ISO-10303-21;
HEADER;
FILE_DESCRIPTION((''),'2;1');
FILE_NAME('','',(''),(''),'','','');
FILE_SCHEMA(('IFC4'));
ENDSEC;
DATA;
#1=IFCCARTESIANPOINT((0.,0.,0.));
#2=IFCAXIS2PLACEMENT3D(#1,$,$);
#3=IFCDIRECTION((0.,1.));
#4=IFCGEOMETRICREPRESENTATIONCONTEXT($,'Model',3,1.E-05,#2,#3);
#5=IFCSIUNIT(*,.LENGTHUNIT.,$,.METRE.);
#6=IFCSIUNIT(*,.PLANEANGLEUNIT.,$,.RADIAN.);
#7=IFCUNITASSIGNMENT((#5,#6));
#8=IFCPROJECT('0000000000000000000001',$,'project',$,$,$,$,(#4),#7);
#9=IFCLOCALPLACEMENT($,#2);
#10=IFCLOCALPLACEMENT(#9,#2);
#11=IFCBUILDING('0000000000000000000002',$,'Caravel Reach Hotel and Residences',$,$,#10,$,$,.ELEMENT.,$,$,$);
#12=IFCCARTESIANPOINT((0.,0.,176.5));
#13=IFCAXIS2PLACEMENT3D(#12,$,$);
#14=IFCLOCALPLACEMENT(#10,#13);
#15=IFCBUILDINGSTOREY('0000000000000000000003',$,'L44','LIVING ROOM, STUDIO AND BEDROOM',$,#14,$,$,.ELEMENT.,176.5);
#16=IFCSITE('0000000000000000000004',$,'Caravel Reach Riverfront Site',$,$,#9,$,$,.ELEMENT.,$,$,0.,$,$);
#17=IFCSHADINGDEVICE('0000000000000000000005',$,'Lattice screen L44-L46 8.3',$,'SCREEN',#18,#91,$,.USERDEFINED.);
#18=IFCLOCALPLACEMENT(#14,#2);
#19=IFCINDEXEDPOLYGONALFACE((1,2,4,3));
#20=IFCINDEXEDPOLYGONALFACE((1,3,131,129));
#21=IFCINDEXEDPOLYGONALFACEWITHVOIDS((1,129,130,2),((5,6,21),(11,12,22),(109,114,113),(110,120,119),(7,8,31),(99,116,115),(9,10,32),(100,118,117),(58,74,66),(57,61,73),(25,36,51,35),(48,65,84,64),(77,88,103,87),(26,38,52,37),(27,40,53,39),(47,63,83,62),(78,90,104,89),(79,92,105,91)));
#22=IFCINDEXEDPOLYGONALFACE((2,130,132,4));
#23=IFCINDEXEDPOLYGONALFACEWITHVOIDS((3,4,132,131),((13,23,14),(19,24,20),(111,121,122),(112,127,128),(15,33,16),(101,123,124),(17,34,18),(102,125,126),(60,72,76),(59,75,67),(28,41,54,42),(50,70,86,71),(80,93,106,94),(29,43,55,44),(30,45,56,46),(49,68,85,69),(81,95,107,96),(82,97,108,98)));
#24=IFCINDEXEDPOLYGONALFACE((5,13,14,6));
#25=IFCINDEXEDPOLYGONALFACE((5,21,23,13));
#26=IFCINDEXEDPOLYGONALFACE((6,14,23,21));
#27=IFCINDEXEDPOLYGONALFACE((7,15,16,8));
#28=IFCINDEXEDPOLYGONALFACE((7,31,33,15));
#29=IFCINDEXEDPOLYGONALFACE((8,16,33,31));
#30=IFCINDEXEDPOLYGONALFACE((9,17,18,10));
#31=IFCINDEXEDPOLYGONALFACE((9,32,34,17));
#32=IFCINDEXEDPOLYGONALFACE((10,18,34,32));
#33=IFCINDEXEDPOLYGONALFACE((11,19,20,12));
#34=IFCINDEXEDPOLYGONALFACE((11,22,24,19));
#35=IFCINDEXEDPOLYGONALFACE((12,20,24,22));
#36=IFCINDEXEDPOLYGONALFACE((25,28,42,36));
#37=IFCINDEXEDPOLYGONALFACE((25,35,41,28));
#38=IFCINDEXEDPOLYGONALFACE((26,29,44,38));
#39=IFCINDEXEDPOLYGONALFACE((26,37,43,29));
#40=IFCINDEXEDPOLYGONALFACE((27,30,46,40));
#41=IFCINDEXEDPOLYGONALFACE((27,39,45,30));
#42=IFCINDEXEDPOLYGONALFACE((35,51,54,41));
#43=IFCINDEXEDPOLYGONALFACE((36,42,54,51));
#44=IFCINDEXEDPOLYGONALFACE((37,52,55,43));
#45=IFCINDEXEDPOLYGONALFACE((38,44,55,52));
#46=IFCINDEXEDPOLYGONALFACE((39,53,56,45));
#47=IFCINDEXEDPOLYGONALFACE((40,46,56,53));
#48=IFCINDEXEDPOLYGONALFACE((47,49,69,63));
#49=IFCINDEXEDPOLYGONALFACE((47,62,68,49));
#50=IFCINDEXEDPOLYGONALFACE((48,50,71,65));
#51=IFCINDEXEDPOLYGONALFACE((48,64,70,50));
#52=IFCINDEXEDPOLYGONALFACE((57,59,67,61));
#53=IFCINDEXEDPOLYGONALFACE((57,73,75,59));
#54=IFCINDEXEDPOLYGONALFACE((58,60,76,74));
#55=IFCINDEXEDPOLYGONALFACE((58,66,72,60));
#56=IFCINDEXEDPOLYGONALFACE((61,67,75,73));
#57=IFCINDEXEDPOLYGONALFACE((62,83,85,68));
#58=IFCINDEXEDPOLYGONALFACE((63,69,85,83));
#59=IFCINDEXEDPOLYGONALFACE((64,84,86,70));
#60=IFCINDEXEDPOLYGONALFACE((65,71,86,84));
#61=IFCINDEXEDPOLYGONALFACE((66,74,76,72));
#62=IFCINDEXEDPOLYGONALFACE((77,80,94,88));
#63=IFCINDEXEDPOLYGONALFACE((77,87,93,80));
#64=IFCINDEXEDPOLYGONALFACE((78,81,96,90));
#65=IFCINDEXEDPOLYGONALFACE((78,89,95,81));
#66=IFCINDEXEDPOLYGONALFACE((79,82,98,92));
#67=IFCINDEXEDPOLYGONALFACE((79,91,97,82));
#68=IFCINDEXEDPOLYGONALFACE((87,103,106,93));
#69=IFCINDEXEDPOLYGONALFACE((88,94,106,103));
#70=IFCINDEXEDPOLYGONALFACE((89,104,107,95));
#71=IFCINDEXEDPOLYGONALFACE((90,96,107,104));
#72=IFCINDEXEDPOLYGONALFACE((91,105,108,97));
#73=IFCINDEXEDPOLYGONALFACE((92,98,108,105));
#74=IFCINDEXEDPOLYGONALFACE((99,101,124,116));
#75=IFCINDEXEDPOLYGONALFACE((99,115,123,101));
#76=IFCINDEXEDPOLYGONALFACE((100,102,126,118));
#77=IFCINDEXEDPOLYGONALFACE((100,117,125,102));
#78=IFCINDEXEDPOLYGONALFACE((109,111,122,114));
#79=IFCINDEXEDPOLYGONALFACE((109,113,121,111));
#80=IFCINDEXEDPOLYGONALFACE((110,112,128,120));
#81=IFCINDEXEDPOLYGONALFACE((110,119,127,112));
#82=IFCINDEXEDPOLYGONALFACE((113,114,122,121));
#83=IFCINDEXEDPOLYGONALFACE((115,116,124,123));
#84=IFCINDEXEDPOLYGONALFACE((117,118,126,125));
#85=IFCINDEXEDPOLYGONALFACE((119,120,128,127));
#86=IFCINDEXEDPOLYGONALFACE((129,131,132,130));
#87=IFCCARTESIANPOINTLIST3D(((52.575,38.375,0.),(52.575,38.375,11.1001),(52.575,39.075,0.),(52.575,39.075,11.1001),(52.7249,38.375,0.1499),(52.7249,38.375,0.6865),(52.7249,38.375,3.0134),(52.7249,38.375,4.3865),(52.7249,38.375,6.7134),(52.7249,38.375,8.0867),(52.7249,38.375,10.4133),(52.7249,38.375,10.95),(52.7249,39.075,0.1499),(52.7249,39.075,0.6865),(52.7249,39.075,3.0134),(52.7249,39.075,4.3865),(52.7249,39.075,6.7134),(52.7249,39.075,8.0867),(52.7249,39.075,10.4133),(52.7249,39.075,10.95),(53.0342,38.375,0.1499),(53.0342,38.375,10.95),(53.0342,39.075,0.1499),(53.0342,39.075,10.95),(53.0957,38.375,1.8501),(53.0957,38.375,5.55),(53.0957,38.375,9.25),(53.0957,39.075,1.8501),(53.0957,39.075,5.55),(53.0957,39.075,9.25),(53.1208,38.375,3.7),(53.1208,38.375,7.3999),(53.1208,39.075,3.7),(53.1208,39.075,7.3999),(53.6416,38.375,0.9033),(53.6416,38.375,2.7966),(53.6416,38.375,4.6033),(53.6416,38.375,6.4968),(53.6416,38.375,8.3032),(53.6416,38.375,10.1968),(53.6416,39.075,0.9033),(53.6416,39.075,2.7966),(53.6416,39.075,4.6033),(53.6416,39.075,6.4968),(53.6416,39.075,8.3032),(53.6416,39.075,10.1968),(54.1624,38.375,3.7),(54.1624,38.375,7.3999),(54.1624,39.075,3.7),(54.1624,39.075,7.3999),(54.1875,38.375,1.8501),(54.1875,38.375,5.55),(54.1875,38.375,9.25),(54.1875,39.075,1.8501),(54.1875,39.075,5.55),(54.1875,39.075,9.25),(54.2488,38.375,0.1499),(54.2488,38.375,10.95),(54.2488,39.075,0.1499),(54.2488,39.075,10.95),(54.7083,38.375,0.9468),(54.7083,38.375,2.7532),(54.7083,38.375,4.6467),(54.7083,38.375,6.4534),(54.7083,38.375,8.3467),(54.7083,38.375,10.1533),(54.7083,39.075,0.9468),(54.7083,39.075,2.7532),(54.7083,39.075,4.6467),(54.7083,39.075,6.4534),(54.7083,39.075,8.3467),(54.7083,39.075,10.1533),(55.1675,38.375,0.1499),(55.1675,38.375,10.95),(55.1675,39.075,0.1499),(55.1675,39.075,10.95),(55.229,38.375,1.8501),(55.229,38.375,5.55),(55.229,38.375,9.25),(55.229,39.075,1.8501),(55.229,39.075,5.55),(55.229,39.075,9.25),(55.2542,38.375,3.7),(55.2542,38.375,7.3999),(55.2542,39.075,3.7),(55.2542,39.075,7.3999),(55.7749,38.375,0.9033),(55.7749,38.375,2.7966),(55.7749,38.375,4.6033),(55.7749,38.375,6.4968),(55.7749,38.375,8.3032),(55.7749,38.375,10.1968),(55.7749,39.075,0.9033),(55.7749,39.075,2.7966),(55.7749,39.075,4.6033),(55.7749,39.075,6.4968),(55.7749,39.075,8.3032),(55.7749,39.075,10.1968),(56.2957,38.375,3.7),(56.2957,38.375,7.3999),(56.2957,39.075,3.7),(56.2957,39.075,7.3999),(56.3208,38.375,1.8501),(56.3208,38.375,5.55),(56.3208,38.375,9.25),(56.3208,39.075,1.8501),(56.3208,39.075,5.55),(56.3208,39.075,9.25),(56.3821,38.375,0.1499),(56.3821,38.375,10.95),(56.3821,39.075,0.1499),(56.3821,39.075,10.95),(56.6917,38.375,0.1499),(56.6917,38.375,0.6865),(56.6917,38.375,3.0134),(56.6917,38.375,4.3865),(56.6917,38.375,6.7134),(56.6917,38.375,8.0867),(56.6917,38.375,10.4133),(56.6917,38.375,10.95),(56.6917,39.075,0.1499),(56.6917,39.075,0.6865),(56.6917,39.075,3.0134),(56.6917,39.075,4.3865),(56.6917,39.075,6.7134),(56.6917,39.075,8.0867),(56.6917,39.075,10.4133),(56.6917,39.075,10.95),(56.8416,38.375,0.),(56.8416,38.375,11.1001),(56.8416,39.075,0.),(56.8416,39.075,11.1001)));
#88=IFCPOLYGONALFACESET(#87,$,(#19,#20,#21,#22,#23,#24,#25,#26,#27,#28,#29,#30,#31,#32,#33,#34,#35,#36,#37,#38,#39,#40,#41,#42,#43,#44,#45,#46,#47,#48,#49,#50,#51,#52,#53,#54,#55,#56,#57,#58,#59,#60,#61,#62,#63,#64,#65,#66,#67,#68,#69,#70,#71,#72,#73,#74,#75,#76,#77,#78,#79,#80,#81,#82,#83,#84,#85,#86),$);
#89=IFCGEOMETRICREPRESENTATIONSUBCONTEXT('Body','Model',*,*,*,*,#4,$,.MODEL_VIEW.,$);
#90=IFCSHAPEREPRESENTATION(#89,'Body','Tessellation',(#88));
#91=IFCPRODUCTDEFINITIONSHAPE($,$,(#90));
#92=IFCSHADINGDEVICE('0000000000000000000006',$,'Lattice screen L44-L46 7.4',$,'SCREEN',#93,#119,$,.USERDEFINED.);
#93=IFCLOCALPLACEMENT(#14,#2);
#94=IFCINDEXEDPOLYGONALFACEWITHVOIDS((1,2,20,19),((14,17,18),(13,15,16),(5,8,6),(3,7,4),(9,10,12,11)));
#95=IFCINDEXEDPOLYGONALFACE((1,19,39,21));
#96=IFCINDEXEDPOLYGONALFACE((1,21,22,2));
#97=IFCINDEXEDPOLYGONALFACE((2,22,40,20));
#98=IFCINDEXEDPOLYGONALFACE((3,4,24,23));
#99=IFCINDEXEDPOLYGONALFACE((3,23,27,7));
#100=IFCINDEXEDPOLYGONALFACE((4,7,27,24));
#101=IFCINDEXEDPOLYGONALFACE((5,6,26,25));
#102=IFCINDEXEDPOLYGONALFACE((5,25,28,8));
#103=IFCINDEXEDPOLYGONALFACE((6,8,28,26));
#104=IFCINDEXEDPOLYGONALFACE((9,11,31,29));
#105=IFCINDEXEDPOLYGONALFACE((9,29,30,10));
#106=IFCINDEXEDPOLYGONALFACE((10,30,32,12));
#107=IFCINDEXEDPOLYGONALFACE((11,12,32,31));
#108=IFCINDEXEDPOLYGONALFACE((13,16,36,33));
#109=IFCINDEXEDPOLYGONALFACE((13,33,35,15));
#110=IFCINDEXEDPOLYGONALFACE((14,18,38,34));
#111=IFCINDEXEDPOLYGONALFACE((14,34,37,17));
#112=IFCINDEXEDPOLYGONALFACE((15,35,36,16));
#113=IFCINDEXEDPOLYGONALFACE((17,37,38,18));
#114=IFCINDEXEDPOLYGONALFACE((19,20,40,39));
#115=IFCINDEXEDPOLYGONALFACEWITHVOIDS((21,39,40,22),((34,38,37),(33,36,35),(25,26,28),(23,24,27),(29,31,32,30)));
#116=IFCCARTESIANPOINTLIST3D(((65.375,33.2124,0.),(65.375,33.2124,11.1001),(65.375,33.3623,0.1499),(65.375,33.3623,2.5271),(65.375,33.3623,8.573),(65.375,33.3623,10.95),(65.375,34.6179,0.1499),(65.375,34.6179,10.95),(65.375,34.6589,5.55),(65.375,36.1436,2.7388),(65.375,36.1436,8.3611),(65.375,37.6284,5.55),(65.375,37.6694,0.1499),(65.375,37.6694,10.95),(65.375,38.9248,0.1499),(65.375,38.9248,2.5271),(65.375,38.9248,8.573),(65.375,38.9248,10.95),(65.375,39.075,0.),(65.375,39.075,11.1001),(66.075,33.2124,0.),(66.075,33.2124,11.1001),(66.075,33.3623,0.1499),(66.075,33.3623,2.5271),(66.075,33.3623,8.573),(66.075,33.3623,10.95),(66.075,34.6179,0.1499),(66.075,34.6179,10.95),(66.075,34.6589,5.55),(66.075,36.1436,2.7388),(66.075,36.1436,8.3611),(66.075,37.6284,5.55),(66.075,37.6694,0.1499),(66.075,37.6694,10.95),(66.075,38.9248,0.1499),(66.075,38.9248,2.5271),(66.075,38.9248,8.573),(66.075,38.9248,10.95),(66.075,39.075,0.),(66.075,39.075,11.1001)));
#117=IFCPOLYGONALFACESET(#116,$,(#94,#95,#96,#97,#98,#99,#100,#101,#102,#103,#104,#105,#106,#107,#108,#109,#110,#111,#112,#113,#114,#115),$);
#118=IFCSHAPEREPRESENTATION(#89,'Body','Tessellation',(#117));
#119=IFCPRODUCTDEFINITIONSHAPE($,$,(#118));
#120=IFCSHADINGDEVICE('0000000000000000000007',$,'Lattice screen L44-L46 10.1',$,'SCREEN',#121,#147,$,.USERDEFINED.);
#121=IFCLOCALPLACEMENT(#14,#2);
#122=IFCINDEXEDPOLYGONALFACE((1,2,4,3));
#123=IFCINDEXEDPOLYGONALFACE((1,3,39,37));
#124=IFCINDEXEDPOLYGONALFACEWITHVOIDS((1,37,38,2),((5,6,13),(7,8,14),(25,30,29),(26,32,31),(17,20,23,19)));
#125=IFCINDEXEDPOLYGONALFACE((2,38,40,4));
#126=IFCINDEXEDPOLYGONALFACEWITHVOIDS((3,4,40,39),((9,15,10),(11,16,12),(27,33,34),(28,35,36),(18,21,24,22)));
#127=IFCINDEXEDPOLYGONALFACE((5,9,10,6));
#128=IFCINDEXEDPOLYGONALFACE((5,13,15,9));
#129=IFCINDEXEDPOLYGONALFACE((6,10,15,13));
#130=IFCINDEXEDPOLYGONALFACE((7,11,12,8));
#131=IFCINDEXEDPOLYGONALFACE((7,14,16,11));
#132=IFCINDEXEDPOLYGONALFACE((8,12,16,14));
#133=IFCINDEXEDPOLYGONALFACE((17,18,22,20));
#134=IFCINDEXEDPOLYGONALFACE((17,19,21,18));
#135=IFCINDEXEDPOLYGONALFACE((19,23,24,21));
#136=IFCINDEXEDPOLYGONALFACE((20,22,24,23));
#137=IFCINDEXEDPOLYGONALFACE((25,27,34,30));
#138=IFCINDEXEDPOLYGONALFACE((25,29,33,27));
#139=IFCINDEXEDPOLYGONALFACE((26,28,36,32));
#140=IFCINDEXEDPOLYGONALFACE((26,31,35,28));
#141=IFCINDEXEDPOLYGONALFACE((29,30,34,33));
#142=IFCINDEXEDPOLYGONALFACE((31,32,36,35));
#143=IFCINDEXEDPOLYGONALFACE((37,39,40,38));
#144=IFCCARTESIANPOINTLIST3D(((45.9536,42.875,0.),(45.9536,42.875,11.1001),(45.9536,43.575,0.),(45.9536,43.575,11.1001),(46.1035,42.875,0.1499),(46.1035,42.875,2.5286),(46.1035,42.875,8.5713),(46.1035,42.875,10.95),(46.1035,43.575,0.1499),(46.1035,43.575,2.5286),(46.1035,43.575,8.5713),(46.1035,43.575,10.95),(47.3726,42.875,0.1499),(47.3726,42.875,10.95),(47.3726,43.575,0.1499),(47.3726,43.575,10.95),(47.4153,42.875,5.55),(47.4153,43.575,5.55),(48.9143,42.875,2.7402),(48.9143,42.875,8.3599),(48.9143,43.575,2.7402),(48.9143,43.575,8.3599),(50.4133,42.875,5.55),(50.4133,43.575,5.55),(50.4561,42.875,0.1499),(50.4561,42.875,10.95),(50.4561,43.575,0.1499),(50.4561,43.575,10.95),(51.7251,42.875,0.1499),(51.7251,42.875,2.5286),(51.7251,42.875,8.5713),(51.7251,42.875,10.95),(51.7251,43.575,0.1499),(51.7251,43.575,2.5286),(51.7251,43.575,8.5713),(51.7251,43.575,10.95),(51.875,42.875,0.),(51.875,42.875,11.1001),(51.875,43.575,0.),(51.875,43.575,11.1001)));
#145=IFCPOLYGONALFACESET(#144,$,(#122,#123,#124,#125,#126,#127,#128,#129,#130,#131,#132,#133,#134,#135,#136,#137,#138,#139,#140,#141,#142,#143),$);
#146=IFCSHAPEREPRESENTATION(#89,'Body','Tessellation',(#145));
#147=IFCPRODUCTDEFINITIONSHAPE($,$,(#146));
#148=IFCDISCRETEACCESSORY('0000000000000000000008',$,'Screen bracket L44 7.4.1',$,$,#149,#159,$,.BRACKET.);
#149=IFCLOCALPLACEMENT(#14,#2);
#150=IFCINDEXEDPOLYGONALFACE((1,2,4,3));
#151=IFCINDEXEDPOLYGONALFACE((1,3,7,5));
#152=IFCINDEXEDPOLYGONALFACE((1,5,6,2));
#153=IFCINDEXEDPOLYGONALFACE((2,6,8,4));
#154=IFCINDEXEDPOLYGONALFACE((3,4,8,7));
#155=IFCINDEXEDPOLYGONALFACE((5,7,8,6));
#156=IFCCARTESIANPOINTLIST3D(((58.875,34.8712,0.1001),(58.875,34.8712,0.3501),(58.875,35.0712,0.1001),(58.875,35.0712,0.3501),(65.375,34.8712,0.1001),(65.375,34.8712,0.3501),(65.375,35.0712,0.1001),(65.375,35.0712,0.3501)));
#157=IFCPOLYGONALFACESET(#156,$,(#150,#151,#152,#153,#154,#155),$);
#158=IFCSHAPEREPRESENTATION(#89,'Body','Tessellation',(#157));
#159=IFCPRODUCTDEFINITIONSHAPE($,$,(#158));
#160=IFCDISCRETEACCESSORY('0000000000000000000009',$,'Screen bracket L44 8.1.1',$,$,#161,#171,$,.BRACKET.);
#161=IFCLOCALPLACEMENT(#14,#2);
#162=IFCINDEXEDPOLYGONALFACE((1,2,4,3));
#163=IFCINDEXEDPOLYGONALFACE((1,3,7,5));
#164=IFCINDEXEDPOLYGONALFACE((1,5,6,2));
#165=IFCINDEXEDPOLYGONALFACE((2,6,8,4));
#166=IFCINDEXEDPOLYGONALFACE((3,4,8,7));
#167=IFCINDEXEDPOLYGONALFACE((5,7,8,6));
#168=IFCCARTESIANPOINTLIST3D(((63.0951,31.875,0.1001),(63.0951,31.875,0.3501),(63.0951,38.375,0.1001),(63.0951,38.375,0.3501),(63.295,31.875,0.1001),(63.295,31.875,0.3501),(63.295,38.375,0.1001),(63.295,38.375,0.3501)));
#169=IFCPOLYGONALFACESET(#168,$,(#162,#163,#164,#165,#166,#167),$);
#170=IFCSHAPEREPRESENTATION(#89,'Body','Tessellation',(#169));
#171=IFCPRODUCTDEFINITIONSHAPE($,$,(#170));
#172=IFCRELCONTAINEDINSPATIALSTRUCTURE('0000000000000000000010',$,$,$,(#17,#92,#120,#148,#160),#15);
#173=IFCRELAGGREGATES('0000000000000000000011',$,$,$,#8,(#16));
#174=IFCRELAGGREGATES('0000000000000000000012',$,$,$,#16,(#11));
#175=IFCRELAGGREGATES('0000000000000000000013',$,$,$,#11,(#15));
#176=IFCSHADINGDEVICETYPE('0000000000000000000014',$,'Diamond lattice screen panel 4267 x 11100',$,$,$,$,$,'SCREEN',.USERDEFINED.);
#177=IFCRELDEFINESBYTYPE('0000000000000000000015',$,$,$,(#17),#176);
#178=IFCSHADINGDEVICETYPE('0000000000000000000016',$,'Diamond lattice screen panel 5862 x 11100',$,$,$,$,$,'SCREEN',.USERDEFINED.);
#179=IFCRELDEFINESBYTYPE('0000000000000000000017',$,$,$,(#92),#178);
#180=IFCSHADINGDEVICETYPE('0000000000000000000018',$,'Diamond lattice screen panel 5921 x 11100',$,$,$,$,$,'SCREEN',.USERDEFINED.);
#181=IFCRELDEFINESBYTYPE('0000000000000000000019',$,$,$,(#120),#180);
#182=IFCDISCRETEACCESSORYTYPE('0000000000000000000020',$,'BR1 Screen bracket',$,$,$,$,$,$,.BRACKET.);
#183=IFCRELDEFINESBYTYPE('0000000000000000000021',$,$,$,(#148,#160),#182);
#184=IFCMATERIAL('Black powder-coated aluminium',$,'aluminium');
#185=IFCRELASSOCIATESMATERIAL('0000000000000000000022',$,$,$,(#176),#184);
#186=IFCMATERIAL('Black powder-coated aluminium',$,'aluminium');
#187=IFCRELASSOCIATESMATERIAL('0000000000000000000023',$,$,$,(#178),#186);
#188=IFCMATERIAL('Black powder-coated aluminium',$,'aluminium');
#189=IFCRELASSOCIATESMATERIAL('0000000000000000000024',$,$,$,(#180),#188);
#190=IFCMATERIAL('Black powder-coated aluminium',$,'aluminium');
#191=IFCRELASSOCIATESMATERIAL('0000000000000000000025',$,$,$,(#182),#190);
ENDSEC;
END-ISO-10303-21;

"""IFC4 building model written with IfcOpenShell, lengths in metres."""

from ifc_helpers import new_model, si_unit, direction, frame, origin, origin_2d, place, context, subcontext, project, spatial, polyline, rectangle, outline, extrude, material, type_object, element, save


model = new_model("IFC4")

# Units and contexts
model_context = context("Model", 3, precision=1e-05, world=origin(), true_north=direction((0.0, 1.0)))
body_context = subcontext(model_context, "Body", "Model", "MODEL_VIEW")
ifc_project = project(units=[si_unit("LENGTHUNIT", "METRE"), si_unit("PLANEANGLEUNIT", "RADIAN")], contexts=[model_context])

# Site, building, storey
site_placement = place(None, origin())
site = spatial("IfcSite", under=ifc_project, at=site_placement, Name="Caravel Reach Riverfront Site", CompositionType="ELEMENT", RefElevation=0.0)
building_placement = place(site_placement, origin())
building = spatial("IfcBuilding", under=site, at=building_placement, Name="Caravel Reach Hotel and Residences", CompositionType="ELEMENT")
storey_placement = place(building_placement, frame((0.0, 0.0, 176.5)))
storey = spatial("IfcBuildingStorey", under=building, at=storey_placement, Name="L44", Description="LIVING ROOM, STUDIO AND BEDROOM", CompositionType="ELEMENT", Elevation=176.5)

# Shading devices
ifc_material_1 = material(Name="Black powder-coated aluminium", Category="aluminium")
shading_device_type_1 = type_object("IfcShadingDeviceType", Name="Diamond lattice screen panel 4267 x 11100", ElementType="SCREEN", PredefinedType="USERDEFINED", material=ifc_material_1)
shading_device_1_placement = place(storey_placement, frame((56.8416, 38.375, 0.0), z_axis=(0.0, 1.0, 0.0), x_axis=(-1.0, 0.0, 0.0)))
element("IfcShadingDevice", 1, at=shading_device_1_placement, inside=storey, type_object=shading_device_type_1, Name="Lattice screen L44-L46 8.3", ObjectType="SCREEN", PredefinedType="USERDEFINED", context=body_context, shape_type="SweptSolid", body=[
    extrude(outline(polyline([(0.0, 0.0), (4.2666, 0.0), (4.2666, 11.1001), (0.0, 11.1001), (0.0, 0.0)]), holes=[polyline([(0.4595, 0.1499), (0.1499, 0.6865), (0.1499, 0.1499), (0.4595, 0.1499)]), polyline([(0.5459, 3.7), (0.1499, 4.3865), (0.1499, 3.0134), (0.5459, 3.7)]), polyline([(0.5459, 7.3999), (0.1499, 8.0867), (0.1499, 6.7134), (0.5459, 7.3999)]), polyline([(0.1499, 10.4133), (0.4595, 10.95), (0.1499, 10.95), (0.1499, 10.4133)]), polyline([(1.0667, 2.7966), (0.5208, 1.8501), (1.0667, 0.9033), (1.6125, 1.8501), (1.0667, 2.7966)]), polyline([(1.0667, 6.4968), (0.5208, 5.55), (1.0667, 4.6033), (1.6125, 5.55), (1.0667, 6.4968)]), polyline([(1.0667, 10.1968), (0.5208, 9.25), (1.0667, 8.3032), (1.6125, 9.25), (1.0667, 10.1968)]), polyline([(2.1333, 0.9468), (1.6741, 0.1499), (2.5928, 0.1499), (2.1333, 0.9468)]), polyline([(2.1333, 4.6467), (1.5874, 3.7), (2.1333, 2.7532), (2.6792, 3.7), (2.1333, 4.6467)]), polyline([(2.1333, 8.3467), (1.5874, 7.3999), (2.1333, 6.4534), (2.6792, 7.3999), (2.1333, 8.3467)]), polyline([(2.1333, 10.1533), (2.5928, 10.95), (1.6741, 10.95), (2.1333, 10.1533)]), polyline([(3.2, 2.7966), (2.6541, 1.8501), (3.2, 0.9033), (3.7458, 1.8501), (3.2, 2.7966)]), polyline([(3.2, 6.4968), (2.6541, 5.55), (3.2, 4.6033), (3.7458, 5.55), (3.2, 6.4968)]), polyline([(3.2, 10.1968), (2.6541, 9.25), (3.2, 8.3032), (3.7458, 9.25), (3.2, 10.1968)]), polyline([(4.1167, 0.6865), (3.8074, 0.1499), (4.1167, 0.1499), (4.1167, 0.6865)]), polyline([(3.7207, 3.7), (4.1167, 3.0134), (4.1167, 4.3865), (3.7207, 3.7)]), polyline([(3.7207, 7.3999), (4.1167, 6.7134), (4.1167, 8.0867), (3.7207, 7.3999)]), polyline([(3.8074, 10.95), (4.1167, 10.4133), (4.1167, 10.95), (3.8074, 10.95)])]), origin(), (0.0, 0.0, 1.0), 0.7),
])
ifc_material_2 = material(Name="Black powder-coated aluminium", Category="aluminium")
shading_device_type_2 = type_object("IfcShadingDeviceType", Name="Diamond lattice screen panel 5862 x 11100", ElementType="SCREEN", PredefinedType="USERDEFINED", material=ifc_material_2)
shading_device_2_placement = place(storey_placement, frame((65.375, 33.2124, 0.0), z_axis=(1.0, 0.0, 0.0), x_axis=(0.0, 1.0, 0.0)))
element("IfcShadingDevice", 2, at=shading_device_2_placement, inside=storey, type_object=shading_device_type_2, Name="Lattice screen L44-L46 7.4", ObjectType="SCREEN", PredefinedType="USERDEFINED", context=body_context, shape_type="SweptSolid", body=[
    extrude(outline(polyline([(0.0, 0.0), (5.8625, 0.0), (5.8625, 11.1001), (0.0, 11.1001), (0.0, 0.0)]), holes=[polyline([(1.4055, 0.1499), (0.1499, 2.5271), (0.1499, 0.1499), (1.4055, 0.1499)]), polyline([(0.1499, 8.573), (1.4055, 10.95), (0.1499, 10.95), (0.1499, 8.573)]), polyline([(2.9312, 8.3611), (1.4465, 5.55), (2.9312, 2.7388), (4.416, 5.55), (2.9312, 8.3611)]), polyline([(5.7124, 2.5271), (4.457, 0.1499), (5.7124, 0.1499), (5.7124, 2.5271)]), polyline([(4.457, 10.95), (5.7124, 8.573), (5.7124, 10.95), (4.457, 10.95)])]), origin(), (0.0, 0.0, 1.0), 0.7),
])
ifc_material_3 = material(Name="Black powder-coated aluminium", Category="aluminium")
shading_device_type_3 = type_object("IfcShadingDeviceType", Name="Diamond lattice screen panel 5921 x 11100", ElementType="SCREEN", PredefinedType="USERDEFINED", material=ifc_material_3)
shading_device_3_placement = place(storey_placement, frame((51.875, 42.875, 0.0), z_axis=(0.0, 1.0, 0.0), x_axis=(-1.0, 0.0, 0.0)))
element("IfcShadingDevice", 3, at=shading_device_3_placement, inside=storey, type_object=shading_device_type_3, Name="Lattice screen L44-L46 10.1", ObjectType="SCREEN", PredefinedType="USERDEFINED", context=body_context, shape_type="SweptSolid", body=[
    extrude(outline(polyline([(0.0, 0.0), (5.9214, 0.0), (5.9214, 11.1001), (0.0, 11.1001), (0.0, 0.0)]), holes=[polyline([(1.4189, 0.1499), (0.1499, 2.5286), (0.1499, 0.1499), (1.4189, 0.1499)]), polyline([(0.1499, 8.5713), (1.4189, 10.95), (0.1499, 10.95), (0.1499, 8.5713)]), polyline([(2.9607, 8.3599), (1.4617, 5.55), (2.9607, 2.7402), (4.4597, 5.55), (2.9607, 8.3599)]), polyline([(5.7715, 2.5286), (4.5024, 0.1499), (5.7715, 0.1499), (5.7715, 2.5286)]), polyline([(4.5024, 10.95), (5.7715, 8.5713), (5.7715, 10.95), (4.5024, 10.95)])]), origin(), (0.0, 0.0, 1.0), 0.7),
])

# Discrete accessories
ifc_material_4 = material(Name="Black powder-coated aluminium", Category="aluminium")
discrete_accessory_type = type_object("IfcDiscreteAccessoryType", Name="BR1 Screen bracket", PredefinedType="BRACKET", material=ifc_material_4)
for number, where, z_axis, x_axis, name in (
    (4, (62.125, 34.9712, 0.1001), (0.0, 0.0, 1.0), (1.0, 0.0, 0.0), "Screen bracket L44 7.4.1"),
    (5, (63.1951, 35.125, 0.1001), (0.0, 0.0, 1.0), (0.0, 1.0, 0.0), "Screen bracket L44 8.1.1"),
):
    element("IfcDiscreteAccessory", number, at=place(storey_placement, frame(where, z_axis=z_axis, x_axis=x_axis)), inside=storey, type_object=discrete_accessory_type, Name=name, PredefinedType="BRACKET", context=body_context, shape_type="SweptSolid", body=[
        extrude(rectangle(XDim=6.5, YDim=0.2, at=origin_2d()), origin(), (0.0, 0.0, 1.0), 0.25),
    ])

save(model, "model.ifc")
